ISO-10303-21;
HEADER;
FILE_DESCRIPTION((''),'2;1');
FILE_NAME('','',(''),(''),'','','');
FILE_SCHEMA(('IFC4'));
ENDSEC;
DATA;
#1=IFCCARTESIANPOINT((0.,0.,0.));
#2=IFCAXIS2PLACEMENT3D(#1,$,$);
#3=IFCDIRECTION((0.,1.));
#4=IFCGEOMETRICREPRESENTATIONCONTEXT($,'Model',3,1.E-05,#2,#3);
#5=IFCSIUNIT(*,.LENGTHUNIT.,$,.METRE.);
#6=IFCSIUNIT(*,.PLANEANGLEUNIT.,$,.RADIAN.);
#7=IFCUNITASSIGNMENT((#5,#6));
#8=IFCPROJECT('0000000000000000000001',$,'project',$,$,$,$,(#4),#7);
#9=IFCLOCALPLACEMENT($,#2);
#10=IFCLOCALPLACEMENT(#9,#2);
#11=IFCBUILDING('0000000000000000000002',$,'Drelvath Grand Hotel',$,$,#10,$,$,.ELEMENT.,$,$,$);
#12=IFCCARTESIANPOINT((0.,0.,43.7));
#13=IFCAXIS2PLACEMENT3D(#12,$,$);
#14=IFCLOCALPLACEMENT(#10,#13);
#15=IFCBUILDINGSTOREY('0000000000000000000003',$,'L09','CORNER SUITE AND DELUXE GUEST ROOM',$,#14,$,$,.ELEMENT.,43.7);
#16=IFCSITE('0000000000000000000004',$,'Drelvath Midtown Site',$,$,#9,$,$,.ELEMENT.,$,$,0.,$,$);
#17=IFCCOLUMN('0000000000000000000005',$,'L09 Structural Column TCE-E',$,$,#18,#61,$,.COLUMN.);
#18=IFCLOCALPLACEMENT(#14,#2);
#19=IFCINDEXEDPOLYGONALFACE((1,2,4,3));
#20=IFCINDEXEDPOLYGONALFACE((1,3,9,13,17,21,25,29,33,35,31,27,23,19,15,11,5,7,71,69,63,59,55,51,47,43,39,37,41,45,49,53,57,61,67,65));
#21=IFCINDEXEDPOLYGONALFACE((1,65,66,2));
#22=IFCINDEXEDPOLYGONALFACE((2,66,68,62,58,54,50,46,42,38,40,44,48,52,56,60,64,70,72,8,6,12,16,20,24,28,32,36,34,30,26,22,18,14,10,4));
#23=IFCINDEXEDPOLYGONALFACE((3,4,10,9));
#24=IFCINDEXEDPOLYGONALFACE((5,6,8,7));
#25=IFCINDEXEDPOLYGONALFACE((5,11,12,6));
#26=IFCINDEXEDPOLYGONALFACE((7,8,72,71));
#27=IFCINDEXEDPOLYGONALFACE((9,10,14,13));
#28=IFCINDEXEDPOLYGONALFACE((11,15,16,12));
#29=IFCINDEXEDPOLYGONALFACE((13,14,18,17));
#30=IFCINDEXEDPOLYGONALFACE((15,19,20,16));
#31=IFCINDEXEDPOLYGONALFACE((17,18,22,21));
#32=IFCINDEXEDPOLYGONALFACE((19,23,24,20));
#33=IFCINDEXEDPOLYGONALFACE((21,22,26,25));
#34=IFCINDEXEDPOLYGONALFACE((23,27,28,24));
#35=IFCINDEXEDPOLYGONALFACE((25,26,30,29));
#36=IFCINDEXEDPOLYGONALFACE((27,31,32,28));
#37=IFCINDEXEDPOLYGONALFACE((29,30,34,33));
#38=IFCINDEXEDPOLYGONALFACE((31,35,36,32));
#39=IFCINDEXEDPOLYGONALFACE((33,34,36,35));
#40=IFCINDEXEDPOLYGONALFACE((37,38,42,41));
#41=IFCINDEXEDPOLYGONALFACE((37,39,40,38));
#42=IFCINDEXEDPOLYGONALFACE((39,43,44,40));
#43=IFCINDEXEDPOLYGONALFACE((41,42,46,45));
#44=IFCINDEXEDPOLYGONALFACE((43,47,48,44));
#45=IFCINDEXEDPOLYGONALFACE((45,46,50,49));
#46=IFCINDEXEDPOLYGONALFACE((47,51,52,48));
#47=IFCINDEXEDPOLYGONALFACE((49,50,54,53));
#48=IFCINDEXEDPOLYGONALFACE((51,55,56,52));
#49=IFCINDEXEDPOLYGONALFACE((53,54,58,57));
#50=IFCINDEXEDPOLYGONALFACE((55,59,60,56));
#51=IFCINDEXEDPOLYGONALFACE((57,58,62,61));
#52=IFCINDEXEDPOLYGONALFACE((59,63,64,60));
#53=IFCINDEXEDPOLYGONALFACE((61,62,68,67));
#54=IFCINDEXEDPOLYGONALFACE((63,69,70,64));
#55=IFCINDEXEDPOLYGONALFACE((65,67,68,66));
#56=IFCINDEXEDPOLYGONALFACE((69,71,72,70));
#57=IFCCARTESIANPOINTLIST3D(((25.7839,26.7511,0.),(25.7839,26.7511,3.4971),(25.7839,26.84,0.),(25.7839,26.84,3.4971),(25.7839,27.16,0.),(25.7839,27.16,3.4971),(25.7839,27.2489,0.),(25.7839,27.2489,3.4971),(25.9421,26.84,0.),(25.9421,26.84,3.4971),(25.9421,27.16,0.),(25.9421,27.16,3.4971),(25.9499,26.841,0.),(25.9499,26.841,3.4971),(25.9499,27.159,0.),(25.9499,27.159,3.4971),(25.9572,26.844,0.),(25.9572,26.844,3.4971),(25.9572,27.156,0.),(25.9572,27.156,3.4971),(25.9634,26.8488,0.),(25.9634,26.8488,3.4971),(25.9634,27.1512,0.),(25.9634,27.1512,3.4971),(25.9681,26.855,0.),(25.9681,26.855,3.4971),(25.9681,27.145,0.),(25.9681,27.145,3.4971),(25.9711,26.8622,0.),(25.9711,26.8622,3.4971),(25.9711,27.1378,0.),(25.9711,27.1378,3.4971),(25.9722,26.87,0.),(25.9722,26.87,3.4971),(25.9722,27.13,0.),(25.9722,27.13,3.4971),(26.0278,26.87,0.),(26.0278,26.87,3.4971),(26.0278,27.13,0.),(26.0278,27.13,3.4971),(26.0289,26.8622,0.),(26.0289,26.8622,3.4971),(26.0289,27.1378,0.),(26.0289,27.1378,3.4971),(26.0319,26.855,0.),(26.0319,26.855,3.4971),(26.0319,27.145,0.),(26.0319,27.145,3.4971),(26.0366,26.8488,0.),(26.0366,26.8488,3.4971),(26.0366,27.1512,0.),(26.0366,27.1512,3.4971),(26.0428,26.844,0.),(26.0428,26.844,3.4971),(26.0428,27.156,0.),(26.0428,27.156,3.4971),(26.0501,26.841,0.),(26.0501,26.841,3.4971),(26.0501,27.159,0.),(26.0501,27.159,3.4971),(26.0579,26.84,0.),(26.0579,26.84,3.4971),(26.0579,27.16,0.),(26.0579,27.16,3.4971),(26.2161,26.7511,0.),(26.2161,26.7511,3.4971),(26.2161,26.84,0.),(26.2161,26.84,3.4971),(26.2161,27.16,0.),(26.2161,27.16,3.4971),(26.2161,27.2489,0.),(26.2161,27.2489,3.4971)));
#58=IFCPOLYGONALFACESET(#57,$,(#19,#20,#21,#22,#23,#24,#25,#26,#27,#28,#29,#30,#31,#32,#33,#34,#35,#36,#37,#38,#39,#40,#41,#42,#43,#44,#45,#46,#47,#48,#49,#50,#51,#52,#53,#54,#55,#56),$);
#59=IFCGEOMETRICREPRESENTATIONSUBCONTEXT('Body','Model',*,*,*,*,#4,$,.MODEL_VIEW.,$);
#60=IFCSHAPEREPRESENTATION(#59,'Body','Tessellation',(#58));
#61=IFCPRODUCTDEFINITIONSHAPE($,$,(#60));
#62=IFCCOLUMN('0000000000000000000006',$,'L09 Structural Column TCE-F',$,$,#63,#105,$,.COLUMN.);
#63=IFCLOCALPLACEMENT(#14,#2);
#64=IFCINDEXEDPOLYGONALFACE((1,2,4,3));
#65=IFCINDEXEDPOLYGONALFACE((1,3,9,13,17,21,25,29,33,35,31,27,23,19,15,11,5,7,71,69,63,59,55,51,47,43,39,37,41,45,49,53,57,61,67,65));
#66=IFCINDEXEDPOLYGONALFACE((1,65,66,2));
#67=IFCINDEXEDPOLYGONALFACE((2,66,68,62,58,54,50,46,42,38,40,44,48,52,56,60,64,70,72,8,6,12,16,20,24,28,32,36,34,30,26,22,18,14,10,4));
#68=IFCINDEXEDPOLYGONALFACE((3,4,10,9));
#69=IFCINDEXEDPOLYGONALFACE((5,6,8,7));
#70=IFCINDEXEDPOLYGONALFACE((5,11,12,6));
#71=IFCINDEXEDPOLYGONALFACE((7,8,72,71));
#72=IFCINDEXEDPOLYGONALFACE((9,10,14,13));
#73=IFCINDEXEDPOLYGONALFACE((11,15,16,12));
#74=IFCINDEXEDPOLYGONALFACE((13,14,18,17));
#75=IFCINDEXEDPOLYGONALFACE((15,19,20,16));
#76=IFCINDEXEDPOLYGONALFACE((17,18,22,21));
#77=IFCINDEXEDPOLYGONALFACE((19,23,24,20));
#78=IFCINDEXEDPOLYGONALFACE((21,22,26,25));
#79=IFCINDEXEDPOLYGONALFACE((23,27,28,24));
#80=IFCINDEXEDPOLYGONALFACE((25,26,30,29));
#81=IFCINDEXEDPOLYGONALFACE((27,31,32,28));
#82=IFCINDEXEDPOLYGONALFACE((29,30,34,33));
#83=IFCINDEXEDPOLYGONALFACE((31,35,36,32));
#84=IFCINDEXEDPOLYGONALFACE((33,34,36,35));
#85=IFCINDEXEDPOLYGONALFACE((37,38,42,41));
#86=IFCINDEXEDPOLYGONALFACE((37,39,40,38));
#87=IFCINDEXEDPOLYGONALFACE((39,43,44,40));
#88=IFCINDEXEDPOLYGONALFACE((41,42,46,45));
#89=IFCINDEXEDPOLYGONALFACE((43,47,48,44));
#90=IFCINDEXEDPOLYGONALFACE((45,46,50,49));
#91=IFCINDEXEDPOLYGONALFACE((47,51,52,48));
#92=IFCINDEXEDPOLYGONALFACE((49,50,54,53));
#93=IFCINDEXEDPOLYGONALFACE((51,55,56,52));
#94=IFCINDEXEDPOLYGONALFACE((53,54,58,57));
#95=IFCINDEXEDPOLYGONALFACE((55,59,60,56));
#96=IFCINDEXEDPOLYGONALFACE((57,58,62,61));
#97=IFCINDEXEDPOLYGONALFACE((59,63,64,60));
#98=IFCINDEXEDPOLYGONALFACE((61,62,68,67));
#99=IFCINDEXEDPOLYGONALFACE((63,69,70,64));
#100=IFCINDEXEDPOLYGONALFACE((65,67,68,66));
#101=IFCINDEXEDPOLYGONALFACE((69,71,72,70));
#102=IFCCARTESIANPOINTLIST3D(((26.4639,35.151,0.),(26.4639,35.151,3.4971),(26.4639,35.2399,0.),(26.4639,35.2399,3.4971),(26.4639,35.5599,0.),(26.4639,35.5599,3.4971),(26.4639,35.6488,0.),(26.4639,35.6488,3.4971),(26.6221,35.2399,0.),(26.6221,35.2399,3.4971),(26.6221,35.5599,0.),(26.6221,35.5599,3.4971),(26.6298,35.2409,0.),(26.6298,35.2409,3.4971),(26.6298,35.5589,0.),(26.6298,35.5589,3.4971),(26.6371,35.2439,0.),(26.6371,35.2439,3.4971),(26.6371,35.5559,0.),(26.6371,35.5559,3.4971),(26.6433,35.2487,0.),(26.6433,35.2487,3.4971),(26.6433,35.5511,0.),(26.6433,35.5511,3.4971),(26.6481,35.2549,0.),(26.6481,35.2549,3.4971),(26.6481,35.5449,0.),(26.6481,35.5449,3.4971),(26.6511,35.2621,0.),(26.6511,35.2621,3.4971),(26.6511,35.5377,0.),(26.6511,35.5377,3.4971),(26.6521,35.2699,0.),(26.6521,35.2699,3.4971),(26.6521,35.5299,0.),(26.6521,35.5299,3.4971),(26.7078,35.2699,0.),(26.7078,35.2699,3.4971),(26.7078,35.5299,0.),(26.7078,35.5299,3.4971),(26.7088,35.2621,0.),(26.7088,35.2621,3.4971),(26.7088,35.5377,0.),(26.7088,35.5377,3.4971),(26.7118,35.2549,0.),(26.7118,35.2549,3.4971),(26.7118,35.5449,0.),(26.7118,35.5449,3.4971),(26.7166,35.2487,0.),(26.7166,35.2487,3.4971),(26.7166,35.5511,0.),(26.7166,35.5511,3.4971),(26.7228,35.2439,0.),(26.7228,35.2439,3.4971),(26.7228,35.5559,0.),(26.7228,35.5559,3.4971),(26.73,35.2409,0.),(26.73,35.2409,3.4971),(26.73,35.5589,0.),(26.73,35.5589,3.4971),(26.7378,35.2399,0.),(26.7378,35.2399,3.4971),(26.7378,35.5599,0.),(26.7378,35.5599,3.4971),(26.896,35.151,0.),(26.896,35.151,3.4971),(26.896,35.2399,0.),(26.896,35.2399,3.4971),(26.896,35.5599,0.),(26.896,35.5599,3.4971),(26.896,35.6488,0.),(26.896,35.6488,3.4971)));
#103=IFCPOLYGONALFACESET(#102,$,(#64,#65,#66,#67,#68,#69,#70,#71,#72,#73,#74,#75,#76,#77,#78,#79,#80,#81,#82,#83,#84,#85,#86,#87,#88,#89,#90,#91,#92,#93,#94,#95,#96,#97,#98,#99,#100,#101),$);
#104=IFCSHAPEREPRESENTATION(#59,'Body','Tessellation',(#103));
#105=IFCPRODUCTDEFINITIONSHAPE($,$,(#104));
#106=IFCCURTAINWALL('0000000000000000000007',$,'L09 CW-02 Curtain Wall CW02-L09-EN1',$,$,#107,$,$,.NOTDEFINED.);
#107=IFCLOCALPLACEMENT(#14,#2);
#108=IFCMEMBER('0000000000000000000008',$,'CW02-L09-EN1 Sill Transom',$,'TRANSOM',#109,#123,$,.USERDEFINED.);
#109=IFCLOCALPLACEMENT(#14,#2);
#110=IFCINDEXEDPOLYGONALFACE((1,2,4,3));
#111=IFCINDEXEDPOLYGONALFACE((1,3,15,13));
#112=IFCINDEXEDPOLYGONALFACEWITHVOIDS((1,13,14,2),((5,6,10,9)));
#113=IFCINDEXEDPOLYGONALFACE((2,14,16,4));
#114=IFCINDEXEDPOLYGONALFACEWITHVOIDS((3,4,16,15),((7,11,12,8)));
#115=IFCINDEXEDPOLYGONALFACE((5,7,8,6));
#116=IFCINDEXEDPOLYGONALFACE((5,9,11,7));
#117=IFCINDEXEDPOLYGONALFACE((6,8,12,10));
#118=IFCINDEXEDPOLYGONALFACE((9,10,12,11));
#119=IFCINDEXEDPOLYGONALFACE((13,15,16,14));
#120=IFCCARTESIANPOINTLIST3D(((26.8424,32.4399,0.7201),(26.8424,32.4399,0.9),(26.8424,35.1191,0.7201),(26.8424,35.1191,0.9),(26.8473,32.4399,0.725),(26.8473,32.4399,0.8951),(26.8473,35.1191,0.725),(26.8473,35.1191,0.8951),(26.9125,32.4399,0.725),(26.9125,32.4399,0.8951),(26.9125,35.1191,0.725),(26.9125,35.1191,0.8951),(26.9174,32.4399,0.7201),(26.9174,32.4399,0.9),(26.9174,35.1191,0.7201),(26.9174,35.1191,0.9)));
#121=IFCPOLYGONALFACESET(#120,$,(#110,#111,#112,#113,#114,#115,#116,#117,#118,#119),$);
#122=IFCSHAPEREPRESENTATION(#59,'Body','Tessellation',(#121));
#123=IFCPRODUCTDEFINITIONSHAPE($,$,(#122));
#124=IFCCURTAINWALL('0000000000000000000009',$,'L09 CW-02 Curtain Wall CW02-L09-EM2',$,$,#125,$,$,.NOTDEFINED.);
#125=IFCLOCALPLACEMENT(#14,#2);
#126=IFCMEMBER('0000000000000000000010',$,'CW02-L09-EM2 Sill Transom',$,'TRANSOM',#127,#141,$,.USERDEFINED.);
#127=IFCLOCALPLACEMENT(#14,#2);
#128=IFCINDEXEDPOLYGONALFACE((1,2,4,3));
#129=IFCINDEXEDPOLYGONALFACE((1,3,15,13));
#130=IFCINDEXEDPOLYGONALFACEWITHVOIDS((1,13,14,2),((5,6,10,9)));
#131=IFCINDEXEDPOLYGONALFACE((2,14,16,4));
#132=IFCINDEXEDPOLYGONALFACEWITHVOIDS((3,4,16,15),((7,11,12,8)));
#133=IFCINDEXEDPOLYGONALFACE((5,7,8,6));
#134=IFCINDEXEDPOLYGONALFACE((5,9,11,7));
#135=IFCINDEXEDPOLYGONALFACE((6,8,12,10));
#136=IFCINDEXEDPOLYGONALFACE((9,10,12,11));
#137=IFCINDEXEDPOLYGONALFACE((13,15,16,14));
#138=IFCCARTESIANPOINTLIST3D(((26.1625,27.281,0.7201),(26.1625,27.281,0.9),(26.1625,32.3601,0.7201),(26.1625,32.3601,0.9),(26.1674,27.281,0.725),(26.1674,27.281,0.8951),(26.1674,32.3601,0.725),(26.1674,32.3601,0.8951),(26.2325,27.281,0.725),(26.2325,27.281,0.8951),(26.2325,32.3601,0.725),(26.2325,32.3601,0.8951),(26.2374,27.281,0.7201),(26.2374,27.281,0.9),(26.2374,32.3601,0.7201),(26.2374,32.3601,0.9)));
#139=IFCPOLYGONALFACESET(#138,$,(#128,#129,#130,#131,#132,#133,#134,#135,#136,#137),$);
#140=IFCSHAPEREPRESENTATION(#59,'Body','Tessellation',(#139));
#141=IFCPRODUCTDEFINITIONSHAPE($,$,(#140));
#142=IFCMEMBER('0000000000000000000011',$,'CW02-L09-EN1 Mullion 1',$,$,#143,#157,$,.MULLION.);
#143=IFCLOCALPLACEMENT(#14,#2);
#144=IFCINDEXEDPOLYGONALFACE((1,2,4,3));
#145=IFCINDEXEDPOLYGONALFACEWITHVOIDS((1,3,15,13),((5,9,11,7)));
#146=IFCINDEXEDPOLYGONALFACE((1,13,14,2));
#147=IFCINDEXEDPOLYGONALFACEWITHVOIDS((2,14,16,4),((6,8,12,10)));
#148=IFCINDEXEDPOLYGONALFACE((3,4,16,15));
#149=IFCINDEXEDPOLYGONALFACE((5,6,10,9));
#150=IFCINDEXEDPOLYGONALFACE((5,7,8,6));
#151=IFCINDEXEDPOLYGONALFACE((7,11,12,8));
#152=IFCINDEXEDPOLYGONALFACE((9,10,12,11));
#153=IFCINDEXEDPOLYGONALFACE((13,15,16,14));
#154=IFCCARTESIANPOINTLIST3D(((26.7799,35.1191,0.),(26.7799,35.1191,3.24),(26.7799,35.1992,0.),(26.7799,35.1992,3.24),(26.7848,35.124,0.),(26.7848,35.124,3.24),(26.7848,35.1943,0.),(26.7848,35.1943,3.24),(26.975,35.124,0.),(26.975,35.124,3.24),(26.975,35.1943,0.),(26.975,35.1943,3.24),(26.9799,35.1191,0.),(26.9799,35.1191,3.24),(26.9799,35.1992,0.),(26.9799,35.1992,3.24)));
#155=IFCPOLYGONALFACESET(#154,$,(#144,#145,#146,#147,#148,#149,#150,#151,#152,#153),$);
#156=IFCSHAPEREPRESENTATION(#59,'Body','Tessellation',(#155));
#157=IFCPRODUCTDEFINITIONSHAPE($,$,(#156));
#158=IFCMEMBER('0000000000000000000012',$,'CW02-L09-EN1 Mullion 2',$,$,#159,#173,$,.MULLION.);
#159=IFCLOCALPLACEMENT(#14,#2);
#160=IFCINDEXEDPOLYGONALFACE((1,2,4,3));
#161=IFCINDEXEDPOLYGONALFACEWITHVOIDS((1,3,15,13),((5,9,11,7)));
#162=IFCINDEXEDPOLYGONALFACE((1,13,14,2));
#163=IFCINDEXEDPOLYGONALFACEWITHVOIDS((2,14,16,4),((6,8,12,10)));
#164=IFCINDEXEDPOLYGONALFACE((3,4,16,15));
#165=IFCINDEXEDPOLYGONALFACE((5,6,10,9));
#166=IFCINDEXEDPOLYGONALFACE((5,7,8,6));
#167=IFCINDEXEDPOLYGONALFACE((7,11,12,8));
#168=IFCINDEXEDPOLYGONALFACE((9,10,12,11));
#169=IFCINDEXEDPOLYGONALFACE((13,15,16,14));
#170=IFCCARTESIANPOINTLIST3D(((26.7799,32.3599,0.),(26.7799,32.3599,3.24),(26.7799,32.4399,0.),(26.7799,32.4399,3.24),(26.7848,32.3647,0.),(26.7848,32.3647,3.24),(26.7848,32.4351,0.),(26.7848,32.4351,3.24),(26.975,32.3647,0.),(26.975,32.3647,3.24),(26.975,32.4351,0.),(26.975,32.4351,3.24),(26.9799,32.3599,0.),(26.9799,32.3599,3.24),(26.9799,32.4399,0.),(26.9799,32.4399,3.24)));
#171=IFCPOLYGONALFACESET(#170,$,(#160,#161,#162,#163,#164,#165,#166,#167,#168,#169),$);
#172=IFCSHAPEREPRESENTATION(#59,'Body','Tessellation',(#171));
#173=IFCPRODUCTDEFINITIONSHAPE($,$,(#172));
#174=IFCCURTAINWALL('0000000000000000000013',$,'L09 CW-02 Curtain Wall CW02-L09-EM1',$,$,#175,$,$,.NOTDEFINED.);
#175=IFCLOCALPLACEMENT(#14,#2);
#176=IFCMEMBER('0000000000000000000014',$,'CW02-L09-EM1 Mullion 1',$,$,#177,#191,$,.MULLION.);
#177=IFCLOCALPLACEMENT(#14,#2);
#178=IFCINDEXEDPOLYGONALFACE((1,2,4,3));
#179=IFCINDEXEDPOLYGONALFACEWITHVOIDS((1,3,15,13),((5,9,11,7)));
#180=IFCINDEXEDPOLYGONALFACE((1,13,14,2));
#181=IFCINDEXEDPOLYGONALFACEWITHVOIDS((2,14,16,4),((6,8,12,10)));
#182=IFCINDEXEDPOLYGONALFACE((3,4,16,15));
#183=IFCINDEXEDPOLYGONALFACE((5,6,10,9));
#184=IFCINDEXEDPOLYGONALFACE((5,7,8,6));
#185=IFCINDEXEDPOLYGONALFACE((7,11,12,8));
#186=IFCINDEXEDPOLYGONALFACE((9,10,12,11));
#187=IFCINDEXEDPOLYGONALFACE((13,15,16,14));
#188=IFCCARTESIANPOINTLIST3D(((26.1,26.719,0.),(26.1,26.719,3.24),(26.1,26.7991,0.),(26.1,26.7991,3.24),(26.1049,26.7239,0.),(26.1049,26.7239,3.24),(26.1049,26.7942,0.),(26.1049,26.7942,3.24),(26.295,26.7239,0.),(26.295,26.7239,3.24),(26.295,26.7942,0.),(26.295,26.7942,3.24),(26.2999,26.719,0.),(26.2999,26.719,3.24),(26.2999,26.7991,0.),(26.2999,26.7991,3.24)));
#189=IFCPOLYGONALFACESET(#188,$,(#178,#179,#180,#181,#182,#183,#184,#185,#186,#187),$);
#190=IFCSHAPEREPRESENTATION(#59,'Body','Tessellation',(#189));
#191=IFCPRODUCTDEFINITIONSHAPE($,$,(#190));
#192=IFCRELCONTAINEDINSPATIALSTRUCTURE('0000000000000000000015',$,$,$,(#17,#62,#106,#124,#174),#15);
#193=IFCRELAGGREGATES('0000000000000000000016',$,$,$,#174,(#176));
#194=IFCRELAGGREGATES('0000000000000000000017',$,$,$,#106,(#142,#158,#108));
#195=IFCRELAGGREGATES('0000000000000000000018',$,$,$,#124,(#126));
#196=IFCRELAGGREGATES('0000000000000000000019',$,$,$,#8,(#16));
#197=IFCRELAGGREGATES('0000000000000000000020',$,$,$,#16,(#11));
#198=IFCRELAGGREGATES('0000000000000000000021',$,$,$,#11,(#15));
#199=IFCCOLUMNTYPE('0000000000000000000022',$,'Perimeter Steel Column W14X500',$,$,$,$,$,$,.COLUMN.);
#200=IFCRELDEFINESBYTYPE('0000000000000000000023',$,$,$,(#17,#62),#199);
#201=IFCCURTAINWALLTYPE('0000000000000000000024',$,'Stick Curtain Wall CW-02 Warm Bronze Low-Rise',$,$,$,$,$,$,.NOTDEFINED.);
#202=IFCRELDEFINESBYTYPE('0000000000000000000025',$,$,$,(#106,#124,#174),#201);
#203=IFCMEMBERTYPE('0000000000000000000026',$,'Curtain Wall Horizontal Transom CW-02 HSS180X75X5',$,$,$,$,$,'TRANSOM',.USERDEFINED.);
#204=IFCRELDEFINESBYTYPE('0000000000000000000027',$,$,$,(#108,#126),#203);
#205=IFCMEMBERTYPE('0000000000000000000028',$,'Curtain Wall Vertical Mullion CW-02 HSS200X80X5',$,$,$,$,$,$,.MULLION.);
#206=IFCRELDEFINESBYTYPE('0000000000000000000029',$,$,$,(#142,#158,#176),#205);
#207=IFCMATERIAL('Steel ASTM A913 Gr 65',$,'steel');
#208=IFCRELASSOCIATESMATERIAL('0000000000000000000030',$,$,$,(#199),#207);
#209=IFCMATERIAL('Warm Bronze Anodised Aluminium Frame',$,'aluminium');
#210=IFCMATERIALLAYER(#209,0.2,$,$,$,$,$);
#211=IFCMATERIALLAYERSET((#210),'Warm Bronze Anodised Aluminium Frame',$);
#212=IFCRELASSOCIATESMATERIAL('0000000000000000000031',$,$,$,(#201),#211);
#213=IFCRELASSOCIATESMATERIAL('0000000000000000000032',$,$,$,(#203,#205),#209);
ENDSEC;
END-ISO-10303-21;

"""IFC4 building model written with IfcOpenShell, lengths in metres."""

from ifc_helpers import new_model, si_unit, direction, frame, origin, origin_2d, place, context, subcontext, project, spatial, hollow_rectangle, i_section, extrude, material, layer, layer_set, material_profile, profile_set, type_object, element, aggregate, save


model = new_model("IFC4")

# Units and contexts
model_context = context("Model", 3, precision=1e-05, world=origin(), true_north=direction((0.0, 1.0)))
body_context = subcontext(model_context, "Body", "Model", "MODEL_VIEW")
ifc_project = project(units=[si_unit("LENGTHUNIT", "METRE"), si_unit("PLANEANGLEUNIT", "RADIAN")], contexts=[model_context])

# Site, building, storey
site_placement = place(None, origin())
site = spatial("IfcSite", under=ifc_project, at=site_placement, Name="Drelvath Midtown Site", CompositionType="ELEMENT", RefElevation=0.0)
building_placement = place(site_placement, origin())
building = spatial("IfcBuilding", under=site, at=building_placement, Name="Drelvath Grand Hotel", CompositionType="ELEMENT")
storey_placement = place(building_placement, frame((0.0, 0.0, 43.7)))
storey = spatial("IfcBuildingStorey", under=building, at=storey_placement, Name="L09", Description="CORNER SUITE AND DELUXE GUEST ROOM", CompositionType="ELEMENT", Elevation=43.7)

# Columns
ifc_material_1 = material(Name="Steel ASTM A913 Gr 65", Category="steel")
ifc_material_profile_1 = material_profile(ifc_material_1, i_section(OverallWidth=0.4321, OverallDepth=0.4978, WebThickness=0.0557, FlangeThickness=0.0889, FilletRadius=0.03, at=origin_2d()), Name="W14X500")
ifc_profile_set_1 = profile_set([ifc_material_profile_1], Name="Steel ASTM A913 Gr 65")
column_type = type_object("IfcColumnType", Name="Perimeter Steel Column W14X500", PredefinedType="COLUMN", material=ifc_profile_set_1)
for number, where, z_axis, x_axis, name in (
    (1, (26.0, 27.0, 0.0), (0.0, 0.0, 1.0), (1.0, 0.0, 0.0), "L09 Structural Column TCE-E"),
    (2, (26.6799, 35.3999, 0.0), (0.0, 0.0, 1.0), (1.0, 0.0, 0.0), "L09 Structural Column TCE-F"),
):
    element("IfcColumn", number, at=place(storey_placement, frame(where, z_axis=z_axis, x_axis=x_axis)), inside=storey, type_object=column_type, Name=name, PredefinedType="COLUMN", context=body_context, shape_type="SweptSolid", body=[
        extrude(i_section(OverallWidth=0.4321, OverallDepth=0.4978, WebThickness=0.0557, FlangeThickness=0.0889, FilletRadius=0.03, at=origin_2d()), origin(), (0.0, 0.0, 1.0), 3.4971),
    ])

# Curtain walls, members
ifc_material_2 = material(Name="Warm Bronze Anodised Aluminium Frame", Category="aluminium")
ifc_layer_1 = layer(ifc_material_2, 0.2)
ifc_layer_set_1 = layer_set([ifc_layer_1], Name="Warm Bronze Anodised Aluminium Frame")
curtain_wall_type = type_object("IfcCurtainWallType", Name="Stick Curtain Wall CW-02 Warm Bronze Low-Rise", PredefinedType="NOTDEFINED", material=ifc_layer_set_1)
curtain_wall_1_placement = place(storey_placement, origin())
curtain_wall_1 = element("IfcCurtainWall", 3, at=curtain_wall_1_placement, inside=storey, type_object=curtain_wall_type, Name="L09 CW-02 Curtain Wall CW02-L09-EN1", PredefinedType="NOTDEFINED")
ifc_material_profile_2 = material_profile(ifc_material_2, hollow_rectangle(XDim=0.075, YDim=0.1799, WallThickness=0.0049, at=origin_2d()), Name="HSS180X75X5")
ifc_profile_set_2 = profile_set([ifc_material_profile_2], Name="Warm Bronze Anodised Aluminium Frame")
member_type_1 = type_object("IfcMemberType", Name="Curtain Wall Horizontal Transom CW-02 HSS180X75X5", ElementType="TRANSOM", PredefinedType="USERDEFINED", material=ifc_profile_set_2)
member_1_placement = place(storey_placement, frame((26.8799, 35.1191, 0.8101), z_axis=(0.0, -1.0, 0.0), x_axis=(1.0, 0.0, 0.0)))
member_1 = element("IfcMember", 4, at=member_1_placement, type_object=member_type_1, Name="CW02-L09-EN1 Sill Transom", ObjectType="TRANSOM", PredefinedType="USERDEFINED", context=body_context, shape_type="SweptSolid", body=[
    extrude(hollow_rectangle(XDim=0.075, YDim=0.1799, WallThickness=0.0049, at=origin_2d()), origin(), (0.0, 0.0, 1.0), 2.6792),
])
curtain_wall_2_placement = place(storey_placement, origin())
curtain_wall_2 = element("IfcCurtainWall", 5, at=curtain_wall_2_placement, inside=storey, type_object=curtain_wall_type, Name="L09 CW-02 Curtain Wall CW02-L09-EM2", PredefinedType="NOTDEFINED")
member_2_placement = place(storey_placement, frame((26.2, 32.3601, 0.8101), z_axis=(0.0, -1.0, 0.0), x_axis=(1.0, 0.0, 0.0)))
member_2 = element("IfcMember", 6, at=member_2_placement, type_object=member_type_1, Name="CW02-L09-EM2 Sill Transom", ObjectType="TRANSOM", PredefinedType="USERDEFINED", context=body_context, shape_type="SweptSolid", body=[
    extrude(hollow_rectangle(XDim=0.075, YDim=0.1799, WallThickness=0.0049, at=origin_2d()), origin(), (0.0, 0.0, 1.0), 5.0791),
])

# Members
ifc_material_profile_3 = material_profile(ifc_material_2, hollow_rectangle(XDim=0.0801, YDim=0.2, WallThickness=0.0049, at=origin_2d()), Name="HSS200X80X5")
ifc_profile_set_3 = profile_set([ifc_material_profile_3], Name="Warm Bronze Anodised Aluminium Frame")
member_type_2 = type_object("IfcMemberType", Name="Curtain Wall Vertical Mullion CW-02 HSS200X80X5", PredefinedType="MULLION", material=ifc_profile_set_3)
member_3_placement = place(storey_placement, frame((26.8799, 35.1592, 0.0), z_axis=(0.0, 0.0, 1.0), x_axis=(0.0, 1.0, 0.0)))
member_3 = element("IfcMember", 7, at=member_3_placement, type_object=member_type_2, Name="CW02-L09-EN1 Mullion 1", PredefinedType="MULLION", context=body_context, shape_type="SweptSolid", body=[
    extrude(hollow_rectangle(XDim=0.0801, YDim=0.2, WallThickness=0.0049, at=origin_2d()), origin(), (0.0, 0.0, 1.0), 3.24),
])
member_4_placement = place(storey_placement, frame((26.8799, 32.3999, 0.0), z_axis=(0.0, 0.0, 1.0), x_axis=(0.0, 1.0, 0.0)))
member_4 = element("IfcMember", 8, at=member_4_placement, type_object=member_type_2, Name="CW02-L09-EN1 Mullion 2", PredefinedType="MULLION", context=body_context, shape_type="SweptSolid", body=[
    extrude(hollow_rectangle(XDim=0.0801, YDim=0.2, WallThickness=0.0049, at=origin_2d()), origin(), (0.0, 0.0, 1.0), 3.24),
])

# Curtain wall, member
curtain_wall_3_placement = place(storey_placement, origin())
curtain_wall_3 = element("IfcCurtainWall", 9, at=curtain_wall_3_placement, inside=storey, type_object=curtain_wall_type, Name="L09 CW-02 Curtain Wall CW02-L09-EM1", PredefinedType="NOTDEFINED")
member_5_placement = place(storey_placement, frame((26.2, 26.759, 0.0), z_axis=(0.0, 0.0, 1.0), x_axis=(0.0, 1.0, 0.0)))
member_5 = element("IfcMember", 10, at=member_5_placement, type_object=member_type_2, Name="CW02-L09-EM1 Mullion 1", PredefinedType="MULLION", context=body_context, shape_type="SweptSolid", body=[
    extrude(hollow_rectangle(XDim=0.0801, YDim=0.2, WallThickness=0.0049, at=origin_2d()), origin(), (0.0, 0.0, 1.0), 3.24),
])
aggregate(curtain_wall_3, [member_5])

aggregate(curtain_wall_1, [member_3, member_4, member_1])
aggregate(curtain_wall_2, [member_2])

save(model, "model.ifc")
